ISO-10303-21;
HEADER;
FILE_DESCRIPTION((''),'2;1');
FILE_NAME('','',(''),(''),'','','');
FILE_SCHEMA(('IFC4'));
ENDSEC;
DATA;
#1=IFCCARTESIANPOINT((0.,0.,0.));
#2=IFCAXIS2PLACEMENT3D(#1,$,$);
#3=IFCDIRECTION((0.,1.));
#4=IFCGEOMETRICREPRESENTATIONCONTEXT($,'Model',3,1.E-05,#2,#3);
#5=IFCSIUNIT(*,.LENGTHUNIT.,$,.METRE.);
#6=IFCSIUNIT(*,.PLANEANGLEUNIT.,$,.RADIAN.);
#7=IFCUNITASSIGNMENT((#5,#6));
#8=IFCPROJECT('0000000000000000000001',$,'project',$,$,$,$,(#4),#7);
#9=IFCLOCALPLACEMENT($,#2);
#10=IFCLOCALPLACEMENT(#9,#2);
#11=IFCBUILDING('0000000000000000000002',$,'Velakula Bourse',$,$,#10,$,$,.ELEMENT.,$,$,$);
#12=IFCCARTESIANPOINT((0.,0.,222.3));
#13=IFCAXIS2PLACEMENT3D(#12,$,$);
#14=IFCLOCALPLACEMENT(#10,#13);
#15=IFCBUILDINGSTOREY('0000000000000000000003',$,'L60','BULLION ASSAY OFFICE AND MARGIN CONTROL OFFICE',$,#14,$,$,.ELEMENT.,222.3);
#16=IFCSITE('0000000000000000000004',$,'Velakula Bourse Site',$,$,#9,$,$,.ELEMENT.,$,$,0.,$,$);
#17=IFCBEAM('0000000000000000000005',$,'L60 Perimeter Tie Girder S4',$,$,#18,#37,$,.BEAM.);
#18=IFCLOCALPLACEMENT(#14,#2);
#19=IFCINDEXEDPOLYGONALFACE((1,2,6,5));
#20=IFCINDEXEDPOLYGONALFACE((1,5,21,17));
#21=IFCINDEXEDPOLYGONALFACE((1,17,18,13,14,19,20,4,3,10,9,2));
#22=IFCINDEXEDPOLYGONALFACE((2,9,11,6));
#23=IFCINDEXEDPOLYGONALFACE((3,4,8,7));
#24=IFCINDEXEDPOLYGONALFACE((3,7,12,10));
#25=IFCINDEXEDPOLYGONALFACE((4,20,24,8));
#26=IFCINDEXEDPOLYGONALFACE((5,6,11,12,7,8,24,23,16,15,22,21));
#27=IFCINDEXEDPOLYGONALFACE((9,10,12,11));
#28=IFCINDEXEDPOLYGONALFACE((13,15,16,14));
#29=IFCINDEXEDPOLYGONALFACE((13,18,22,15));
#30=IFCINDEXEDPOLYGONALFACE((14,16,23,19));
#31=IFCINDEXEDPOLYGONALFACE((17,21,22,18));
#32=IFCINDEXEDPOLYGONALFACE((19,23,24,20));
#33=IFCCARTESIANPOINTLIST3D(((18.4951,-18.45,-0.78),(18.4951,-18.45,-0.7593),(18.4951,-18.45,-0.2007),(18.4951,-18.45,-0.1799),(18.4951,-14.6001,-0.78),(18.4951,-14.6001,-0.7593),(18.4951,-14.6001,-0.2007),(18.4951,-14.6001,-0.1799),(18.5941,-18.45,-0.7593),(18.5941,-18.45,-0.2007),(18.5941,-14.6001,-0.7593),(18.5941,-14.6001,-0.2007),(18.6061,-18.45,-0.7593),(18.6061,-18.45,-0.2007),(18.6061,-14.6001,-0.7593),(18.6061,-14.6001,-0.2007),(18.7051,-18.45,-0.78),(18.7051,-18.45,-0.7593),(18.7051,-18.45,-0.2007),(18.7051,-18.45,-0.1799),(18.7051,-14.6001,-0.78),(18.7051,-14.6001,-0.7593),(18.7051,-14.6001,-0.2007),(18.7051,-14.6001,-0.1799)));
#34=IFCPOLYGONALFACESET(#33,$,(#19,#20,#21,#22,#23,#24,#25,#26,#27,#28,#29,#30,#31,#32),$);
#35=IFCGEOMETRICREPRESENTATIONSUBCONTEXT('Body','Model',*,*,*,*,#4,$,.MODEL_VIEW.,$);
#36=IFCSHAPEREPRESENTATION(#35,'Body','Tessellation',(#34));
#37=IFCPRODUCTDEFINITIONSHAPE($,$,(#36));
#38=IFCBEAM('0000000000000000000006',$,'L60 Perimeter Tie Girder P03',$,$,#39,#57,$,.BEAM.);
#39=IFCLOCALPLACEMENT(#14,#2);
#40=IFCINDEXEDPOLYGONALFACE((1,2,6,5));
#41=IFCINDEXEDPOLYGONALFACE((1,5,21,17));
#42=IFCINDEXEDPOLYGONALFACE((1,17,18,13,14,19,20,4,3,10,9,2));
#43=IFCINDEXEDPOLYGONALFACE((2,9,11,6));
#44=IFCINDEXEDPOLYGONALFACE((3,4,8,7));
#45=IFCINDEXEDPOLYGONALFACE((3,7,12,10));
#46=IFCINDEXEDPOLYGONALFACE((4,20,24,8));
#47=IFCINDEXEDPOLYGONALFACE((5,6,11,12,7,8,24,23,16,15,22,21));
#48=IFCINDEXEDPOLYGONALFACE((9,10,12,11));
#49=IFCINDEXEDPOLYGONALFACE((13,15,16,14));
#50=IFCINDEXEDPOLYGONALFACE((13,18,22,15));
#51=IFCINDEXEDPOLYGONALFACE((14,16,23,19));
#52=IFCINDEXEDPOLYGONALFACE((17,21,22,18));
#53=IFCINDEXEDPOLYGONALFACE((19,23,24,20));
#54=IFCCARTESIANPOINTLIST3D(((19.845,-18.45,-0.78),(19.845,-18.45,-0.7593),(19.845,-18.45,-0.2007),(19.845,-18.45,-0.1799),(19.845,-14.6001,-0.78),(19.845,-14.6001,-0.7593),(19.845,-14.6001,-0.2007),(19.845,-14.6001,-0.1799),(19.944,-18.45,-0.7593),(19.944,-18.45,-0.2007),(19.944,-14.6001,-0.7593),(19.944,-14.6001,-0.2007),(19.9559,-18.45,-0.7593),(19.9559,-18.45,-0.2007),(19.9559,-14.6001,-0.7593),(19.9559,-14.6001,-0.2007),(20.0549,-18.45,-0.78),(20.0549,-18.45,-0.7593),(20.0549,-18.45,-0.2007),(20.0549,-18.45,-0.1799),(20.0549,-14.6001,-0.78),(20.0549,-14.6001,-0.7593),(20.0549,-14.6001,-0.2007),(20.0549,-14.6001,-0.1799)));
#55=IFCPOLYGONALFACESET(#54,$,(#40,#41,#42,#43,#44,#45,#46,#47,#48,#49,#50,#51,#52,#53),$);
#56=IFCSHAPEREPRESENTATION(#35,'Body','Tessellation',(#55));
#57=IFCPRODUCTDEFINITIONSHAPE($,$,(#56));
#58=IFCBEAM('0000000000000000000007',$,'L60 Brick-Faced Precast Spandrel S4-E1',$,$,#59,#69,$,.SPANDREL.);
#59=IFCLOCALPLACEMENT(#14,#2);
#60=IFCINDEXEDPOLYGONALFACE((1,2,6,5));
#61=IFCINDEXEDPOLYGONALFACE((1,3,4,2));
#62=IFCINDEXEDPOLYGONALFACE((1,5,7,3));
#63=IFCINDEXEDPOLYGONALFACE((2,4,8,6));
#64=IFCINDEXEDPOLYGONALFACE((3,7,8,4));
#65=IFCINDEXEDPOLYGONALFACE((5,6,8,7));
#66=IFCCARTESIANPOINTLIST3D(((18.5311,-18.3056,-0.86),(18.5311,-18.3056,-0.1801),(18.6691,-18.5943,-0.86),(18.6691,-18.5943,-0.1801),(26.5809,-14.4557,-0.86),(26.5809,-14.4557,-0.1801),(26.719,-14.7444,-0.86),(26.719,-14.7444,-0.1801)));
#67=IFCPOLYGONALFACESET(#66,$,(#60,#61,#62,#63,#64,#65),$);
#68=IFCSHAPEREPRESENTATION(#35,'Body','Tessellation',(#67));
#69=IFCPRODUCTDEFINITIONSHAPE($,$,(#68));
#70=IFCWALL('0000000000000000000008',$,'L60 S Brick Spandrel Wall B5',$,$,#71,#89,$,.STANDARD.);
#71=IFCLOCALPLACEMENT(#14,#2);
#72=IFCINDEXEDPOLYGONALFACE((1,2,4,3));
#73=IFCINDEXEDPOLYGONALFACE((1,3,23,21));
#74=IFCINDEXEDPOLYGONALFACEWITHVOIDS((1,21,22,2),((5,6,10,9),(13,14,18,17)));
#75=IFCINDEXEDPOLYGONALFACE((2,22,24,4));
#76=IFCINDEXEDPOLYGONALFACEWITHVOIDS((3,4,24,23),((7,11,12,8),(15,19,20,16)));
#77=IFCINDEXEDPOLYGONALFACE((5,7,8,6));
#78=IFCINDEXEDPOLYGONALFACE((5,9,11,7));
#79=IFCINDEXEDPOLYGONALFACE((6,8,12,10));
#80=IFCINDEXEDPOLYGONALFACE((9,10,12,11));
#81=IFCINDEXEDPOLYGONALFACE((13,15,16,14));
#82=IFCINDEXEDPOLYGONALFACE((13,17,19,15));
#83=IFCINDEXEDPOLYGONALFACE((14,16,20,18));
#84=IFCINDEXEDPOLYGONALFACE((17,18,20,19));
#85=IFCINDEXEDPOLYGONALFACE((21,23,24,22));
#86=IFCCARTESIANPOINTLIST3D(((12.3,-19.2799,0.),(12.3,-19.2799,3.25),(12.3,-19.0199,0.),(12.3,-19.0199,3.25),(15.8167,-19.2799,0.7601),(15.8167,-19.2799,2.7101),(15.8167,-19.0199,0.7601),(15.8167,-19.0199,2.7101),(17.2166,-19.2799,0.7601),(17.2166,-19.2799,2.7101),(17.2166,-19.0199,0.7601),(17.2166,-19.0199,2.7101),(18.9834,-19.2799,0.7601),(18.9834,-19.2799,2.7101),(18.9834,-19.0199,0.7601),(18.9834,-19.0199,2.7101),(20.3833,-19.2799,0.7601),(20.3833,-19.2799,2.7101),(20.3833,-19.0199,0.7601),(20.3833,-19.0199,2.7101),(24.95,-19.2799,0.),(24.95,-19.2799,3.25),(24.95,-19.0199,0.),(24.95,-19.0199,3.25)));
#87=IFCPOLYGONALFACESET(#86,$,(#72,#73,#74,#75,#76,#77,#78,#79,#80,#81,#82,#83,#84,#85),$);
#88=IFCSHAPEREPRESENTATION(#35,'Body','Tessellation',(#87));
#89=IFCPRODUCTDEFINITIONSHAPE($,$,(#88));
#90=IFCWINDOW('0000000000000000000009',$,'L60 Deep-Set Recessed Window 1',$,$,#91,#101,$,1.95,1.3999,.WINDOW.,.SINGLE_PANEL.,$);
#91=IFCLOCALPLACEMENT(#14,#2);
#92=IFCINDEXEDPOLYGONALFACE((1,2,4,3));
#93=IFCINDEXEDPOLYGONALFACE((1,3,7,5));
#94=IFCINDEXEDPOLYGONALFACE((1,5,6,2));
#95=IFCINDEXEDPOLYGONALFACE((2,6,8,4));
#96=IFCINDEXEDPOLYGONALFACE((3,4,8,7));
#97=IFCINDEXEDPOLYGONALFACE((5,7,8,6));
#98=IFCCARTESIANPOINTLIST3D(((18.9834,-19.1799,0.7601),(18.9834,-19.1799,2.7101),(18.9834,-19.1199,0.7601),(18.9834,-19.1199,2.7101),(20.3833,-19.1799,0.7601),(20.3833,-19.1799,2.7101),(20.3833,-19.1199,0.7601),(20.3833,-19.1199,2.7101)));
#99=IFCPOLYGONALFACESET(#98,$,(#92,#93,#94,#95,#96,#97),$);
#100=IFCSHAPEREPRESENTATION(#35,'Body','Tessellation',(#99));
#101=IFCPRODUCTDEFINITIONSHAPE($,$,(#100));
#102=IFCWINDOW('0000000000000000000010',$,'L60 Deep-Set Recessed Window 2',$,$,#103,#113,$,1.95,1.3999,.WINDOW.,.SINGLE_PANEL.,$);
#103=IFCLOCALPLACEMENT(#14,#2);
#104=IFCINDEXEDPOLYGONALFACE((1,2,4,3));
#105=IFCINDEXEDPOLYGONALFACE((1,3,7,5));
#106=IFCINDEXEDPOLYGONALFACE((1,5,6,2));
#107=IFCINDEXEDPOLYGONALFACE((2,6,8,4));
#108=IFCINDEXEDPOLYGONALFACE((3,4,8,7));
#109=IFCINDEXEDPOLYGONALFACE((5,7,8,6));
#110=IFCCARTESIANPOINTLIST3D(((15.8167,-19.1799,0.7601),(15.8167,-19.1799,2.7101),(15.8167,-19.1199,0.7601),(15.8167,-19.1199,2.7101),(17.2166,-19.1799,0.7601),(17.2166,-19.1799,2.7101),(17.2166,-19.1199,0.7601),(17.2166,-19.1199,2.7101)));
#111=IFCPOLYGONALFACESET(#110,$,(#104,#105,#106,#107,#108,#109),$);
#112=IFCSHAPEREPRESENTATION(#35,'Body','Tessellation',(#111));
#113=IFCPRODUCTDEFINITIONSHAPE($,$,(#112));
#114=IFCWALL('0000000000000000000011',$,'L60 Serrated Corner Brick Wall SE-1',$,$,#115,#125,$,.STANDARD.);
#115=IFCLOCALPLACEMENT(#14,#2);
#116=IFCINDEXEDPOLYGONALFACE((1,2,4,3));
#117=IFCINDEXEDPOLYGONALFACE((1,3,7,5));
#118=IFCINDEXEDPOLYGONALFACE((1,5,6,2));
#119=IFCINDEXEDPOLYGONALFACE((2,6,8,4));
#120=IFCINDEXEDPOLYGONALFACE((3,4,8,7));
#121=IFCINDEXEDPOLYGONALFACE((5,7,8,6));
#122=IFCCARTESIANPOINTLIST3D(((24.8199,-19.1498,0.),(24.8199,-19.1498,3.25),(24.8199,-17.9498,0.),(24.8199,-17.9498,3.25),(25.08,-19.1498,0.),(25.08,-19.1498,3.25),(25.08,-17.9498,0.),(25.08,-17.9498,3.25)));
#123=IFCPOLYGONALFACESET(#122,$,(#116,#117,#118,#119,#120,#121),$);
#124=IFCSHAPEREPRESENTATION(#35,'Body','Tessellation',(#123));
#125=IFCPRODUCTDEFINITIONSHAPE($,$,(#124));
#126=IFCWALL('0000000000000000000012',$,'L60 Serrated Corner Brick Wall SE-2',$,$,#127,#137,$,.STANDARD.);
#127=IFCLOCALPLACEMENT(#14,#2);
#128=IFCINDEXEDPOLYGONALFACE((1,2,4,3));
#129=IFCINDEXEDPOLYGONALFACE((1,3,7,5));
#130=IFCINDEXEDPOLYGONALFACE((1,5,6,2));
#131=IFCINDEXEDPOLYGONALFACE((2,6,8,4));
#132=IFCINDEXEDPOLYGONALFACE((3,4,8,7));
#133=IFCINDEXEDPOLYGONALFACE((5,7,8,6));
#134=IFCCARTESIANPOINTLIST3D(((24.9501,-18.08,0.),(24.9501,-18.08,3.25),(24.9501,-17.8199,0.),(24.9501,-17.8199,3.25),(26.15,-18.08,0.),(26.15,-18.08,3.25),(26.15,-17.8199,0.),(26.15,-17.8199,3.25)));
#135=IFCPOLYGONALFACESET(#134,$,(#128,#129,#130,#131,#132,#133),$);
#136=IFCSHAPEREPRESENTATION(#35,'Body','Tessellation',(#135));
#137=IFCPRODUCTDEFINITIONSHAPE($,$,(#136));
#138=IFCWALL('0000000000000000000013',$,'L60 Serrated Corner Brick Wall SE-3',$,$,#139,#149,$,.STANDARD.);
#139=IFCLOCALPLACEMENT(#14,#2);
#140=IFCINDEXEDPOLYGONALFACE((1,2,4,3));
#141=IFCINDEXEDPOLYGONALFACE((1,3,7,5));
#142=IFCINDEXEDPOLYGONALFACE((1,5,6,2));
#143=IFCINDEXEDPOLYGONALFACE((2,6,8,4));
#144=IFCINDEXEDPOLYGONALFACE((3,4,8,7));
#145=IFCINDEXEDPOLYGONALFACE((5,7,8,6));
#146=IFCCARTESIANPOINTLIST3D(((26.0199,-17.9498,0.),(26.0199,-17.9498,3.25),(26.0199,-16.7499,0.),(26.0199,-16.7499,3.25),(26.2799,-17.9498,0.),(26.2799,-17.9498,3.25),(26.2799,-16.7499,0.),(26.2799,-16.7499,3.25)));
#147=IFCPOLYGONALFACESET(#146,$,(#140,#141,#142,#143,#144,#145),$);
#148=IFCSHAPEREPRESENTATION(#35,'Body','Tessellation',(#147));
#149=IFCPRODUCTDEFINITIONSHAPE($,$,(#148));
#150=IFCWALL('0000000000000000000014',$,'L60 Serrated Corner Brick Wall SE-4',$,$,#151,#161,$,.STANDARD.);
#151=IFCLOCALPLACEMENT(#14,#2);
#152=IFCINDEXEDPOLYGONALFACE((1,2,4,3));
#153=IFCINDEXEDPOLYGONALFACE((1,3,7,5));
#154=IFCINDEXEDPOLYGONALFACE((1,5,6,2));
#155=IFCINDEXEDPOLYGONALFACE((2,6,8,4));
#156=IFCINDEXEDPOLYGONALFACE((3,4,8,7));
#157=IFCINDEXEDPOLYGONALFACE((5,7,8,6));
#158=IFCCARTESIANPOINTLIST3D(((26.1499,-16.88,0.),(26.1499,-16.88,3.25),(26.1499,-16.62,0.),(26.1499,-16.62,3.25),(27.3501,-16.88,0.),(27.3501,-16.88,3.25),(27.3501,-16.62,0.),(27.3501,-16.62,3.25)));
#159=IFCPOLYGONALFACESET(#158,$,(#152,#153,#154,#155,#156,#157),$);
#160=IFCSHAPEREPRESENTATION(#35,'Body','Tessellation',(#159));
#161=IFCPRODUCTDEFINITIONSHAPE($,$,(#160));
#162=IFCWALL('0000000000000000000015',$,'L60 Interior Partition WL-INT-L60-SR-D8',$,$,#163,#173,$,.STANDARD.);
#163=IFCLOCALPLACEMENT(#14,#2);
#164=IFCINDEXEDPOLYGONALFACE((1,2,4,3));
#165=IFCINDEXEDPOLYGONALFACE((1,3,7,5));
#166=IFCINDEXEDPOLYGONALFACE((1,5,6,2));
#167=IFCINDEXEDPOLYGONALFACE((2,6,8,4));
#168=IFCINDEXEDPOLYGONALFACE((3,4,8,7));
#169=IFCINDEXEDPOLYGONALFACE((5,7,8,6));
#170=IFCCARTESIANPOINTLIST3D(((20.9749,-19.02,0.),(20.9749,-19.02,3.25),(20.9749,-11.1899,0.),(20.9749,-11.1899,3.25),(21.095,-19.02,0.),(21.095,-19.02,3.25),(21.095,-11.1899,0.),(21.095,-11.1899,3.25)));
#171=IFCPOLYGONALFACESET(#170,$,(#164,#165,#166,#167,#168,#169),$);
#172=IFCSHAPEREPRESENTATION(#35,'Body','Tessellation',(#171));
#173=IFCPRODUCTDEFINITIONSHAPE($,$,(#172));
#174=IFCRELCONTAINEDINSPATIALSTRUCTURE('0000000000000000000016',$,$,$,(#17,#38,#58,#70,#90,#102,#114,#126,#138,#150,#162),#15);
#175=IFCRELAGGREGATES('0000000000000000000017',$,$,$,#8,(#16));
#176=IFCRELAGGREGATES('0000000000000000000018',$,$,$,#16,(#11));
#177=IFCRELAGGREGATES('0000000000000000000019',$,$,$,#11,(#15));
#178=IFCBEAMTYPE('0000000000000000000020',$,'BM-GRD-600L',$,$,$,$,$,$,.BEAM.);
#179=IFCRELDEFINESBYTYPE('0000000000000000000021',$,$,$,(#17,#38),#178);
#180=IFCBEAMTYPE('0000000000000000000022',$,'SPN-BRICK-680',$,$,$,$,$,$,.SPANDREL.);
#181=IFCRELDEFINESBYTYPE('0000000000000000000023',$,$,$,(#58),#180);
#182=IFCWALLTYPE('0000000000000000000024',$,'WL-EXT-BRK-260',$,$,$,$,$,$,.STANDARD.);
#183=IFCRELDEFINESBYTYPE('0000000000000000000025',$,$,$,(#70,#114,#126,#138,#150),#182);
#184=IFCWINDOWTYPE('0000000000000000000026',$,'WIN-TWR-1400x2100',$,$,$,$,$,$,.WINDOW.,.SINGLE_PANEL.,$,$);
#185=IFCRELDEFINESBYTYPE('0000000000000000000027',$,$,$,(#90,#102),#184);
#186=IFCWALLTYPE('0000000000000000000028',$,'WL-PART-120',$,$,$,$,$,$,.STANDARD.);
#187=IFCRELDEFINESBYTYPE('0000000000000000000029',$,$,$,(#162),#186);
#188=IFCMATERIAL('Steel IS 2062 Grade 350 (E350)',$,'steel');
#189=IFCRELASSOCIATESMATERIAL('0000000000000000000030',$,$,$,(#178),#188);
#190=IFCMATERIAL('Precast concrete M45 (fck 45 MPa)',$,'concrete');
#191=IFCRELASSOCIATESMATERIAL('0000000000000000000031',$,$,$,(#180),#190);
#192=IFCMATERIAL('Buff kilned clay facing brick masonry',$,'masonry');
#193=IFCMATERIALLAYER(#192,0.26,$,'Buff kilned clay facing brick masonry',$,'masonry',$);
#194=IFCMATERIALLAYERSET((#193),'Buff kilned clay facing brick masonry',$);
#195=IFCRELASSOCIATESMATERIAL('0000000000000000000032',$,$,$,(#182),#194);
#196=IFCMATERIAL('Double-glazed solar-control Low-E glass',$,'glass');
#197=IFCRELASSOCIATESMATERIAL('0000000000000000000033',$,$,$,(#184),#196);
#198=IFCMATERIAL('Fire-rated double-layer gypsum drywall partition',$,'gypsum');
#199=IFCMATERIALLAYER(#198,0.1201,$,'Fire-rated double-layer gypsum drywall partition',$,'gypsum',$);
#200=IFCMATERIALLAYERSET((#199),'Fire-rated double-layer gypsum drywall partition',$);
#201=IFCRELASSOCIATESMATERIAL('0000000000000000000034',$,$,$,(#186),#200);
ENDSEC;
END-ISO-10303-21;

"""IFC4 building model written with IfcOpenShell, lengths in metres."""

from ifc_helpers import new_model, si_unit, direction, frame, frame_2d, origin, origin_2d, place, context, subcontext, project, spatial, rectangle, i_section, extrude, material, layer, layer_set, material_profile, profile_set, type_object, element, fill, save


model = new_model("IFC4")

# Units and contexts
model_context = context("Model", 3, precision=1e-05, world=origin(), true_north=direction((0.0, 1.0)))
body_context = subcontext(model_context, "Body", "Model", "MODEL_VIEW")
ifc_project = project(units=[si_unit("LENGTHUNIT", "METRE"), si_unit("PLANEANGLEUNIT", "RADIAN")], contexts=[model_context])

# Site, building, storey
site_placement = place(None, origin())
site = spatial("IfcSite", under=ifc_project, at=site_placement, Name="Velakula Bourse Site", CompositionType="ELEMENT", RefElevation=0.0)
building_placement = place(site_placement, origin())
building = spatial("IfcBuilding", under=site, at=building_placement, Name="Velakula Bourse", CompositionType="ELEMENT")
storey_placement = place(building_placement, frame((0.0, 0.0, 222.3)))
storey = spatial("IfcBuildingStorey", under=building, at=storey_placement, Name="L60", Description="BULLION ASSAY OFFICE AND MARGIN CONTROL OFFICE", CompositionType="ELEMENT", Elevation=222.3)

# Shared definitions
ifc_material_1 = material(Name="Steel IS 2062 Grade 350 (E350)", Category="steel")
ifc_material_2 = material(Name="Precast concrete M45 (fck 45 MPa)", Category="concrete")

# Beams
ifc_material_profile_1 = material_profile(ifc_material_1, i_section(OverallWidth=0.21, OverallDepth=0.6001, WebThickness=0.012, FlangeThickness=0.0208, at=origin_2d()), Name="Steel IS 2062 Grade 350 (E350)")
ifc_profile_set_1 = profile_set([ifc_material_profile_1], Name="Steel IS 2062 Grade 350 (E350)")
beam_type_1 = type_object("IfcBeamType", Name="BM-GRD-600L", PredefinedType="BEAM", material=ifc_profile_set_1)
for number, where, z_axis, x_axis, name in (
    (1, (18.6001, -14.6001, -0.48), (0.0, -1.0, 0.0), (1.0, 0.0, 0.0), "L60 Perimeter Tie Girder S4"),
    (2, (19.95, -14.6001, -0.48), (0.0, -1.0, 0.0), (1.0, 0.0, 0.0), "L60 Perimeter Tie Girder P03"),
):
    element("IfcBeam", number, at=place(storey_placement, frame(where, z_axis=z_axis, x_axis=x_axis)), inside=storey, type_object=beam_type_1, Name=name, PredefinedType="BEAM", context=body_context, shape_type="SweptSolid", body=[
        extrude(i_section(OverallWidth=0.21, OverallDepth=0.6001, WebThickness=0.012, FlangeThickness=0.0208, at=origin_2d()), origin(), (0.0, 0.0, 1.0), 3.8499),
    ])
ifc_material_profile_2 = material_profile(ifc_material_2, rectangle(XDim=0.3201, YDim=0.6799, at=origin_2d()), Name="Precast concrete M45 (fck 45 MPa)")
ifc_profile_set_2 = profile_set([ifc_material_profile_2], Name="Precast concrete M45 (fck 45 MPa)")
beam_type_2 = type_object("IfcBeamType", Name="SPN-BRICK-680", PredefinedType="SPANDREL", material=ifc_profile_set_2)
beam_1_placement = place(storey_placement, frame((18.6001, -18.45, -0.52), z_axis=(0.902137, 0.431451, 0.0), x_axis=(-0.431451, 0.902137, 0.0)))
element("IfcBeam", 3, at=beam_1_placement, inside=storey, type_object=beam_type_2, Name="L60 Brick-Faced Precast Spandrel S4-E1", PredefinedType="SPANDREL", context=body_context, shape_type="SweptSolid", body=[
    extrude(rectangle(XDim=0.3201, YDim=0.6799, at=origin_2d()), origin(), (0.0, 0.0, 1.0), 8.9231),
])

# Wall, openings, windows
ifc_material_3 = material(Name="Buff kilned clay facing brick masonry", Category="masonry")
ifc_layer_1 = layer(ifc_material_3, 0.26, Name="Buff kilned clay facing brick masonry", Category="masonry")
ifc_layer_set_1 = layer_set([ifc_layer_1], Name="Buff kilned clay facing brick masonry")
wall_type_1 = type_object("IfcWallType", Name="WL-EXT-BRK-260", PredefinedType="STANDARD", material=ifc_layer_set_1)
wall_1_placement = place(storey_placement, frame((24.95, -19.1499, 0.0), z_axis=(0.0, 0.0, 1.0), x_axis=(-1.0, 0.0, 0.0)))
wall_1 = element("IfcWall", 4, at=wall_1_placement, inside=storey, type_object=wall_type_1, Name="L60 S Brick Spandrel Wall B5", PredefinedType="STANDARD", context=body_context, shape_type="SweptSolid", body=[
    extrude(rectangle(XDim=12.6499, YDim=0.26, at=frame_2d((6.325, 0.0))), origin(), (0.0, 0.0, 1.0), 3.25),
])
opening_1_placement = place(wall_1_placement, frame((4.5667, 0.0, 0.76)))
opening_1 = element("IfcOpeningElement", 5, at=opening_1_placement, cuts=wall_1, PredefinedType="OPENING", context=body_context, shape_type="SweptSolid", body=[
    extrude(rectangle(XDim=1.3999, YDim=1.95, at=frame_2d((0.7, 0.9751))), frame((0.0, 0.1399, 0.0), z_axis=(0.0, -1.0, 0.0), x_axis=(1.0, 0.0, 0.0)), (0.0, 0.0, 1.0), 0.28),
])
opening_2_placement = place(wall_1_placement, frame((7.7334, 0.0, 0.76)))
opening_2 = element("IfcOpeningElement", 6, at=opening_2_placement, cuts=wall_1, PredefinedType="OPENING", context=body_context, shape_type="SweptSolid", body=[
    extrude(rectangle(XDim=1.3999, YDim=1.95, at=frame_2d((0.7, 0.9751))), frame((0.0, 0.1399, 0.0), z_axis=(0.0, -1.0, 0.0), x_axis=(1.0, 0.0, 0.0)), (0.0, 0.0, 1.0), 0.28),
])
ifc_material_4 = material(Name="Double-glazed solar-control Low-E glass", Category="glass")
window_type = type_object("IfcWindowType", Name="WIN-TWR-1400x2100", PartitioningType="SINGLE_PANEL", PredefinedType="WINDOW", material=ifc_material_4)
window_1_placement = place(opening_1_placement, origin())
window_1 = element("IfcWindow", 7, at=window_1_placement, inside=storey, type_object=window_type, Name="L60 Deep-Set Recessed Window 1", OverallHeight=1.95, OverallWidth=1.3999, PartitioningType="SINGLE_PANEL", PredefinedType="WINDOW", context=body_context, shape_type="SweptSolid", body=[
    extrude(rectangle(XDim=1.3999, YDim=1.95, at=frame_2d((0.7, 0.9751))), frame((0.0, 0.03, 0.0), z_axis=(0.0, -1.0, 0.0), x_axis=(1.0, 0.0, 0.0)), (0.0, 0.0, 1.0), 0.0601),
])
fill(opening_1, window_1)
window_2_placement = place(opening_2_placement, origin())
window_2 = element("IfcWindow", 8, at=window_2_placement, inside=storey, type_object=window_type, Name="L60 Deep-Set Recessed Window 2", OverallHeight=1.95, OverallWidth=1.3999, PartitioningType="SINGLE_PANEL", PredefinedType="WINDOW", context=body_context, shape_type="SweptSolid", body=[
    extrude(rectangle(XDim=1.3999, YDim=1.95, at=frame_2d((0.7, 0.9751))), frame((0.0, 0.03, 0.0), z_axis=(0.0, -1.0, 0.0), x_axis=(1.0, 0.0, 0.0)), (0.0, 0.0, 1.0), 0.0601),
])
fill(opening_2, window_2)

# Walls
for number, where, z_axis, x_axis, name in (
    (9, (24.95, -19.1499, 0.0), (0.0, 0.0, 1.0), (0.0, 1.0, 0.0), "L60 Serrated Corner Brick Wall SE-1"),
    (10, (24.95, -17.95, 0.0), (0.0, 0.0, 1.0), (1.0, 0.0, 0.0), "L60 Serrated Corner Brick Wall SE-2"),
    (11, (26.1499, -17.95, 0.0), (0.0, 0.0, 1.0), (0.0, 1.0, 0.0), "L60 Serrated Corner Brick Wall SE-3"),
):
    element("IfcWall", number, at=place(storey_placement, frame(where, z_axis=z_axis, x_axis=x_axis)), inside=storey, type_object=wall_type_1, Name=name, PredefinedType="STANDARD", context=body_context, shape_type="SweptSolid", body=[
        extrude(rectangle(XDim=1.2, YDim=0.26, at=frame_2d((0.6001, 0.0))), origin(), (0.0, 0.0, 1.0), 3.25),
    ])
wall_2_placement = place(storey_placement, frame((26.1499, -16.75, 0.0), z_axis=(0.0, 0.0, 1.0), x_axis=(1.0, 0.0, 0.0)))
element("IfcWall", 12, at=wall_2_placement, inside=storey, type_object=wall_type_1, Name="L60 Serrated Corner Brick Wall SE-4", PredefinedType="STANDARD", context=body_context, shape_type="SweptSolid", body=[
    extrude(rectangle(XDim=1.2002, YDim=0.26, at=frame_2d((0.6001, 0.0))), origin(), (0.0, 0.0, 1.0), 3.25),
])
ifc_material_5 = material(Name="Fire-rated double-layer gypsum drywall partition", Category="gypsum")
ifc_layer_2 = layer(ifc_material_5, 0.1201, Name="Fire-rated double-layer gypsum drywall partition", Category="gypsum")
ifc_layer_set_2 = layer_set([ifc_layer_2], Name="Fire-rated double-layer gypsum drywall partition")
wall_type_2 = type_object("IfcWallType", Name="WL-PART-120", PredefinedType="STANDARD", material=ifc_layer_set_2)
wall_3_placement = place(storey_placement, frame((21.0349, -19.02, 0.0), z_axis=(0.0, 0.0, 1.0), x_axis=(0.0, 1.0, 0.0)))
element("IfcWall", 13, at=wall_3_placement, inside=storey, type_object=wall_type_2, Name="L60 Interior Partition WL-INT-L60-SR-D8", PredefinedType="STANDARD", context=body_context, shape_type="SweptSolid", body=[
    extrude(rectangle(XDim=7.8301, YDim=0.1201, at=frame_2d((3.915, 0.0))), origin(), (0.0, 0.0, 1.0), 3.25),
])

save(model, "model.ifc")
